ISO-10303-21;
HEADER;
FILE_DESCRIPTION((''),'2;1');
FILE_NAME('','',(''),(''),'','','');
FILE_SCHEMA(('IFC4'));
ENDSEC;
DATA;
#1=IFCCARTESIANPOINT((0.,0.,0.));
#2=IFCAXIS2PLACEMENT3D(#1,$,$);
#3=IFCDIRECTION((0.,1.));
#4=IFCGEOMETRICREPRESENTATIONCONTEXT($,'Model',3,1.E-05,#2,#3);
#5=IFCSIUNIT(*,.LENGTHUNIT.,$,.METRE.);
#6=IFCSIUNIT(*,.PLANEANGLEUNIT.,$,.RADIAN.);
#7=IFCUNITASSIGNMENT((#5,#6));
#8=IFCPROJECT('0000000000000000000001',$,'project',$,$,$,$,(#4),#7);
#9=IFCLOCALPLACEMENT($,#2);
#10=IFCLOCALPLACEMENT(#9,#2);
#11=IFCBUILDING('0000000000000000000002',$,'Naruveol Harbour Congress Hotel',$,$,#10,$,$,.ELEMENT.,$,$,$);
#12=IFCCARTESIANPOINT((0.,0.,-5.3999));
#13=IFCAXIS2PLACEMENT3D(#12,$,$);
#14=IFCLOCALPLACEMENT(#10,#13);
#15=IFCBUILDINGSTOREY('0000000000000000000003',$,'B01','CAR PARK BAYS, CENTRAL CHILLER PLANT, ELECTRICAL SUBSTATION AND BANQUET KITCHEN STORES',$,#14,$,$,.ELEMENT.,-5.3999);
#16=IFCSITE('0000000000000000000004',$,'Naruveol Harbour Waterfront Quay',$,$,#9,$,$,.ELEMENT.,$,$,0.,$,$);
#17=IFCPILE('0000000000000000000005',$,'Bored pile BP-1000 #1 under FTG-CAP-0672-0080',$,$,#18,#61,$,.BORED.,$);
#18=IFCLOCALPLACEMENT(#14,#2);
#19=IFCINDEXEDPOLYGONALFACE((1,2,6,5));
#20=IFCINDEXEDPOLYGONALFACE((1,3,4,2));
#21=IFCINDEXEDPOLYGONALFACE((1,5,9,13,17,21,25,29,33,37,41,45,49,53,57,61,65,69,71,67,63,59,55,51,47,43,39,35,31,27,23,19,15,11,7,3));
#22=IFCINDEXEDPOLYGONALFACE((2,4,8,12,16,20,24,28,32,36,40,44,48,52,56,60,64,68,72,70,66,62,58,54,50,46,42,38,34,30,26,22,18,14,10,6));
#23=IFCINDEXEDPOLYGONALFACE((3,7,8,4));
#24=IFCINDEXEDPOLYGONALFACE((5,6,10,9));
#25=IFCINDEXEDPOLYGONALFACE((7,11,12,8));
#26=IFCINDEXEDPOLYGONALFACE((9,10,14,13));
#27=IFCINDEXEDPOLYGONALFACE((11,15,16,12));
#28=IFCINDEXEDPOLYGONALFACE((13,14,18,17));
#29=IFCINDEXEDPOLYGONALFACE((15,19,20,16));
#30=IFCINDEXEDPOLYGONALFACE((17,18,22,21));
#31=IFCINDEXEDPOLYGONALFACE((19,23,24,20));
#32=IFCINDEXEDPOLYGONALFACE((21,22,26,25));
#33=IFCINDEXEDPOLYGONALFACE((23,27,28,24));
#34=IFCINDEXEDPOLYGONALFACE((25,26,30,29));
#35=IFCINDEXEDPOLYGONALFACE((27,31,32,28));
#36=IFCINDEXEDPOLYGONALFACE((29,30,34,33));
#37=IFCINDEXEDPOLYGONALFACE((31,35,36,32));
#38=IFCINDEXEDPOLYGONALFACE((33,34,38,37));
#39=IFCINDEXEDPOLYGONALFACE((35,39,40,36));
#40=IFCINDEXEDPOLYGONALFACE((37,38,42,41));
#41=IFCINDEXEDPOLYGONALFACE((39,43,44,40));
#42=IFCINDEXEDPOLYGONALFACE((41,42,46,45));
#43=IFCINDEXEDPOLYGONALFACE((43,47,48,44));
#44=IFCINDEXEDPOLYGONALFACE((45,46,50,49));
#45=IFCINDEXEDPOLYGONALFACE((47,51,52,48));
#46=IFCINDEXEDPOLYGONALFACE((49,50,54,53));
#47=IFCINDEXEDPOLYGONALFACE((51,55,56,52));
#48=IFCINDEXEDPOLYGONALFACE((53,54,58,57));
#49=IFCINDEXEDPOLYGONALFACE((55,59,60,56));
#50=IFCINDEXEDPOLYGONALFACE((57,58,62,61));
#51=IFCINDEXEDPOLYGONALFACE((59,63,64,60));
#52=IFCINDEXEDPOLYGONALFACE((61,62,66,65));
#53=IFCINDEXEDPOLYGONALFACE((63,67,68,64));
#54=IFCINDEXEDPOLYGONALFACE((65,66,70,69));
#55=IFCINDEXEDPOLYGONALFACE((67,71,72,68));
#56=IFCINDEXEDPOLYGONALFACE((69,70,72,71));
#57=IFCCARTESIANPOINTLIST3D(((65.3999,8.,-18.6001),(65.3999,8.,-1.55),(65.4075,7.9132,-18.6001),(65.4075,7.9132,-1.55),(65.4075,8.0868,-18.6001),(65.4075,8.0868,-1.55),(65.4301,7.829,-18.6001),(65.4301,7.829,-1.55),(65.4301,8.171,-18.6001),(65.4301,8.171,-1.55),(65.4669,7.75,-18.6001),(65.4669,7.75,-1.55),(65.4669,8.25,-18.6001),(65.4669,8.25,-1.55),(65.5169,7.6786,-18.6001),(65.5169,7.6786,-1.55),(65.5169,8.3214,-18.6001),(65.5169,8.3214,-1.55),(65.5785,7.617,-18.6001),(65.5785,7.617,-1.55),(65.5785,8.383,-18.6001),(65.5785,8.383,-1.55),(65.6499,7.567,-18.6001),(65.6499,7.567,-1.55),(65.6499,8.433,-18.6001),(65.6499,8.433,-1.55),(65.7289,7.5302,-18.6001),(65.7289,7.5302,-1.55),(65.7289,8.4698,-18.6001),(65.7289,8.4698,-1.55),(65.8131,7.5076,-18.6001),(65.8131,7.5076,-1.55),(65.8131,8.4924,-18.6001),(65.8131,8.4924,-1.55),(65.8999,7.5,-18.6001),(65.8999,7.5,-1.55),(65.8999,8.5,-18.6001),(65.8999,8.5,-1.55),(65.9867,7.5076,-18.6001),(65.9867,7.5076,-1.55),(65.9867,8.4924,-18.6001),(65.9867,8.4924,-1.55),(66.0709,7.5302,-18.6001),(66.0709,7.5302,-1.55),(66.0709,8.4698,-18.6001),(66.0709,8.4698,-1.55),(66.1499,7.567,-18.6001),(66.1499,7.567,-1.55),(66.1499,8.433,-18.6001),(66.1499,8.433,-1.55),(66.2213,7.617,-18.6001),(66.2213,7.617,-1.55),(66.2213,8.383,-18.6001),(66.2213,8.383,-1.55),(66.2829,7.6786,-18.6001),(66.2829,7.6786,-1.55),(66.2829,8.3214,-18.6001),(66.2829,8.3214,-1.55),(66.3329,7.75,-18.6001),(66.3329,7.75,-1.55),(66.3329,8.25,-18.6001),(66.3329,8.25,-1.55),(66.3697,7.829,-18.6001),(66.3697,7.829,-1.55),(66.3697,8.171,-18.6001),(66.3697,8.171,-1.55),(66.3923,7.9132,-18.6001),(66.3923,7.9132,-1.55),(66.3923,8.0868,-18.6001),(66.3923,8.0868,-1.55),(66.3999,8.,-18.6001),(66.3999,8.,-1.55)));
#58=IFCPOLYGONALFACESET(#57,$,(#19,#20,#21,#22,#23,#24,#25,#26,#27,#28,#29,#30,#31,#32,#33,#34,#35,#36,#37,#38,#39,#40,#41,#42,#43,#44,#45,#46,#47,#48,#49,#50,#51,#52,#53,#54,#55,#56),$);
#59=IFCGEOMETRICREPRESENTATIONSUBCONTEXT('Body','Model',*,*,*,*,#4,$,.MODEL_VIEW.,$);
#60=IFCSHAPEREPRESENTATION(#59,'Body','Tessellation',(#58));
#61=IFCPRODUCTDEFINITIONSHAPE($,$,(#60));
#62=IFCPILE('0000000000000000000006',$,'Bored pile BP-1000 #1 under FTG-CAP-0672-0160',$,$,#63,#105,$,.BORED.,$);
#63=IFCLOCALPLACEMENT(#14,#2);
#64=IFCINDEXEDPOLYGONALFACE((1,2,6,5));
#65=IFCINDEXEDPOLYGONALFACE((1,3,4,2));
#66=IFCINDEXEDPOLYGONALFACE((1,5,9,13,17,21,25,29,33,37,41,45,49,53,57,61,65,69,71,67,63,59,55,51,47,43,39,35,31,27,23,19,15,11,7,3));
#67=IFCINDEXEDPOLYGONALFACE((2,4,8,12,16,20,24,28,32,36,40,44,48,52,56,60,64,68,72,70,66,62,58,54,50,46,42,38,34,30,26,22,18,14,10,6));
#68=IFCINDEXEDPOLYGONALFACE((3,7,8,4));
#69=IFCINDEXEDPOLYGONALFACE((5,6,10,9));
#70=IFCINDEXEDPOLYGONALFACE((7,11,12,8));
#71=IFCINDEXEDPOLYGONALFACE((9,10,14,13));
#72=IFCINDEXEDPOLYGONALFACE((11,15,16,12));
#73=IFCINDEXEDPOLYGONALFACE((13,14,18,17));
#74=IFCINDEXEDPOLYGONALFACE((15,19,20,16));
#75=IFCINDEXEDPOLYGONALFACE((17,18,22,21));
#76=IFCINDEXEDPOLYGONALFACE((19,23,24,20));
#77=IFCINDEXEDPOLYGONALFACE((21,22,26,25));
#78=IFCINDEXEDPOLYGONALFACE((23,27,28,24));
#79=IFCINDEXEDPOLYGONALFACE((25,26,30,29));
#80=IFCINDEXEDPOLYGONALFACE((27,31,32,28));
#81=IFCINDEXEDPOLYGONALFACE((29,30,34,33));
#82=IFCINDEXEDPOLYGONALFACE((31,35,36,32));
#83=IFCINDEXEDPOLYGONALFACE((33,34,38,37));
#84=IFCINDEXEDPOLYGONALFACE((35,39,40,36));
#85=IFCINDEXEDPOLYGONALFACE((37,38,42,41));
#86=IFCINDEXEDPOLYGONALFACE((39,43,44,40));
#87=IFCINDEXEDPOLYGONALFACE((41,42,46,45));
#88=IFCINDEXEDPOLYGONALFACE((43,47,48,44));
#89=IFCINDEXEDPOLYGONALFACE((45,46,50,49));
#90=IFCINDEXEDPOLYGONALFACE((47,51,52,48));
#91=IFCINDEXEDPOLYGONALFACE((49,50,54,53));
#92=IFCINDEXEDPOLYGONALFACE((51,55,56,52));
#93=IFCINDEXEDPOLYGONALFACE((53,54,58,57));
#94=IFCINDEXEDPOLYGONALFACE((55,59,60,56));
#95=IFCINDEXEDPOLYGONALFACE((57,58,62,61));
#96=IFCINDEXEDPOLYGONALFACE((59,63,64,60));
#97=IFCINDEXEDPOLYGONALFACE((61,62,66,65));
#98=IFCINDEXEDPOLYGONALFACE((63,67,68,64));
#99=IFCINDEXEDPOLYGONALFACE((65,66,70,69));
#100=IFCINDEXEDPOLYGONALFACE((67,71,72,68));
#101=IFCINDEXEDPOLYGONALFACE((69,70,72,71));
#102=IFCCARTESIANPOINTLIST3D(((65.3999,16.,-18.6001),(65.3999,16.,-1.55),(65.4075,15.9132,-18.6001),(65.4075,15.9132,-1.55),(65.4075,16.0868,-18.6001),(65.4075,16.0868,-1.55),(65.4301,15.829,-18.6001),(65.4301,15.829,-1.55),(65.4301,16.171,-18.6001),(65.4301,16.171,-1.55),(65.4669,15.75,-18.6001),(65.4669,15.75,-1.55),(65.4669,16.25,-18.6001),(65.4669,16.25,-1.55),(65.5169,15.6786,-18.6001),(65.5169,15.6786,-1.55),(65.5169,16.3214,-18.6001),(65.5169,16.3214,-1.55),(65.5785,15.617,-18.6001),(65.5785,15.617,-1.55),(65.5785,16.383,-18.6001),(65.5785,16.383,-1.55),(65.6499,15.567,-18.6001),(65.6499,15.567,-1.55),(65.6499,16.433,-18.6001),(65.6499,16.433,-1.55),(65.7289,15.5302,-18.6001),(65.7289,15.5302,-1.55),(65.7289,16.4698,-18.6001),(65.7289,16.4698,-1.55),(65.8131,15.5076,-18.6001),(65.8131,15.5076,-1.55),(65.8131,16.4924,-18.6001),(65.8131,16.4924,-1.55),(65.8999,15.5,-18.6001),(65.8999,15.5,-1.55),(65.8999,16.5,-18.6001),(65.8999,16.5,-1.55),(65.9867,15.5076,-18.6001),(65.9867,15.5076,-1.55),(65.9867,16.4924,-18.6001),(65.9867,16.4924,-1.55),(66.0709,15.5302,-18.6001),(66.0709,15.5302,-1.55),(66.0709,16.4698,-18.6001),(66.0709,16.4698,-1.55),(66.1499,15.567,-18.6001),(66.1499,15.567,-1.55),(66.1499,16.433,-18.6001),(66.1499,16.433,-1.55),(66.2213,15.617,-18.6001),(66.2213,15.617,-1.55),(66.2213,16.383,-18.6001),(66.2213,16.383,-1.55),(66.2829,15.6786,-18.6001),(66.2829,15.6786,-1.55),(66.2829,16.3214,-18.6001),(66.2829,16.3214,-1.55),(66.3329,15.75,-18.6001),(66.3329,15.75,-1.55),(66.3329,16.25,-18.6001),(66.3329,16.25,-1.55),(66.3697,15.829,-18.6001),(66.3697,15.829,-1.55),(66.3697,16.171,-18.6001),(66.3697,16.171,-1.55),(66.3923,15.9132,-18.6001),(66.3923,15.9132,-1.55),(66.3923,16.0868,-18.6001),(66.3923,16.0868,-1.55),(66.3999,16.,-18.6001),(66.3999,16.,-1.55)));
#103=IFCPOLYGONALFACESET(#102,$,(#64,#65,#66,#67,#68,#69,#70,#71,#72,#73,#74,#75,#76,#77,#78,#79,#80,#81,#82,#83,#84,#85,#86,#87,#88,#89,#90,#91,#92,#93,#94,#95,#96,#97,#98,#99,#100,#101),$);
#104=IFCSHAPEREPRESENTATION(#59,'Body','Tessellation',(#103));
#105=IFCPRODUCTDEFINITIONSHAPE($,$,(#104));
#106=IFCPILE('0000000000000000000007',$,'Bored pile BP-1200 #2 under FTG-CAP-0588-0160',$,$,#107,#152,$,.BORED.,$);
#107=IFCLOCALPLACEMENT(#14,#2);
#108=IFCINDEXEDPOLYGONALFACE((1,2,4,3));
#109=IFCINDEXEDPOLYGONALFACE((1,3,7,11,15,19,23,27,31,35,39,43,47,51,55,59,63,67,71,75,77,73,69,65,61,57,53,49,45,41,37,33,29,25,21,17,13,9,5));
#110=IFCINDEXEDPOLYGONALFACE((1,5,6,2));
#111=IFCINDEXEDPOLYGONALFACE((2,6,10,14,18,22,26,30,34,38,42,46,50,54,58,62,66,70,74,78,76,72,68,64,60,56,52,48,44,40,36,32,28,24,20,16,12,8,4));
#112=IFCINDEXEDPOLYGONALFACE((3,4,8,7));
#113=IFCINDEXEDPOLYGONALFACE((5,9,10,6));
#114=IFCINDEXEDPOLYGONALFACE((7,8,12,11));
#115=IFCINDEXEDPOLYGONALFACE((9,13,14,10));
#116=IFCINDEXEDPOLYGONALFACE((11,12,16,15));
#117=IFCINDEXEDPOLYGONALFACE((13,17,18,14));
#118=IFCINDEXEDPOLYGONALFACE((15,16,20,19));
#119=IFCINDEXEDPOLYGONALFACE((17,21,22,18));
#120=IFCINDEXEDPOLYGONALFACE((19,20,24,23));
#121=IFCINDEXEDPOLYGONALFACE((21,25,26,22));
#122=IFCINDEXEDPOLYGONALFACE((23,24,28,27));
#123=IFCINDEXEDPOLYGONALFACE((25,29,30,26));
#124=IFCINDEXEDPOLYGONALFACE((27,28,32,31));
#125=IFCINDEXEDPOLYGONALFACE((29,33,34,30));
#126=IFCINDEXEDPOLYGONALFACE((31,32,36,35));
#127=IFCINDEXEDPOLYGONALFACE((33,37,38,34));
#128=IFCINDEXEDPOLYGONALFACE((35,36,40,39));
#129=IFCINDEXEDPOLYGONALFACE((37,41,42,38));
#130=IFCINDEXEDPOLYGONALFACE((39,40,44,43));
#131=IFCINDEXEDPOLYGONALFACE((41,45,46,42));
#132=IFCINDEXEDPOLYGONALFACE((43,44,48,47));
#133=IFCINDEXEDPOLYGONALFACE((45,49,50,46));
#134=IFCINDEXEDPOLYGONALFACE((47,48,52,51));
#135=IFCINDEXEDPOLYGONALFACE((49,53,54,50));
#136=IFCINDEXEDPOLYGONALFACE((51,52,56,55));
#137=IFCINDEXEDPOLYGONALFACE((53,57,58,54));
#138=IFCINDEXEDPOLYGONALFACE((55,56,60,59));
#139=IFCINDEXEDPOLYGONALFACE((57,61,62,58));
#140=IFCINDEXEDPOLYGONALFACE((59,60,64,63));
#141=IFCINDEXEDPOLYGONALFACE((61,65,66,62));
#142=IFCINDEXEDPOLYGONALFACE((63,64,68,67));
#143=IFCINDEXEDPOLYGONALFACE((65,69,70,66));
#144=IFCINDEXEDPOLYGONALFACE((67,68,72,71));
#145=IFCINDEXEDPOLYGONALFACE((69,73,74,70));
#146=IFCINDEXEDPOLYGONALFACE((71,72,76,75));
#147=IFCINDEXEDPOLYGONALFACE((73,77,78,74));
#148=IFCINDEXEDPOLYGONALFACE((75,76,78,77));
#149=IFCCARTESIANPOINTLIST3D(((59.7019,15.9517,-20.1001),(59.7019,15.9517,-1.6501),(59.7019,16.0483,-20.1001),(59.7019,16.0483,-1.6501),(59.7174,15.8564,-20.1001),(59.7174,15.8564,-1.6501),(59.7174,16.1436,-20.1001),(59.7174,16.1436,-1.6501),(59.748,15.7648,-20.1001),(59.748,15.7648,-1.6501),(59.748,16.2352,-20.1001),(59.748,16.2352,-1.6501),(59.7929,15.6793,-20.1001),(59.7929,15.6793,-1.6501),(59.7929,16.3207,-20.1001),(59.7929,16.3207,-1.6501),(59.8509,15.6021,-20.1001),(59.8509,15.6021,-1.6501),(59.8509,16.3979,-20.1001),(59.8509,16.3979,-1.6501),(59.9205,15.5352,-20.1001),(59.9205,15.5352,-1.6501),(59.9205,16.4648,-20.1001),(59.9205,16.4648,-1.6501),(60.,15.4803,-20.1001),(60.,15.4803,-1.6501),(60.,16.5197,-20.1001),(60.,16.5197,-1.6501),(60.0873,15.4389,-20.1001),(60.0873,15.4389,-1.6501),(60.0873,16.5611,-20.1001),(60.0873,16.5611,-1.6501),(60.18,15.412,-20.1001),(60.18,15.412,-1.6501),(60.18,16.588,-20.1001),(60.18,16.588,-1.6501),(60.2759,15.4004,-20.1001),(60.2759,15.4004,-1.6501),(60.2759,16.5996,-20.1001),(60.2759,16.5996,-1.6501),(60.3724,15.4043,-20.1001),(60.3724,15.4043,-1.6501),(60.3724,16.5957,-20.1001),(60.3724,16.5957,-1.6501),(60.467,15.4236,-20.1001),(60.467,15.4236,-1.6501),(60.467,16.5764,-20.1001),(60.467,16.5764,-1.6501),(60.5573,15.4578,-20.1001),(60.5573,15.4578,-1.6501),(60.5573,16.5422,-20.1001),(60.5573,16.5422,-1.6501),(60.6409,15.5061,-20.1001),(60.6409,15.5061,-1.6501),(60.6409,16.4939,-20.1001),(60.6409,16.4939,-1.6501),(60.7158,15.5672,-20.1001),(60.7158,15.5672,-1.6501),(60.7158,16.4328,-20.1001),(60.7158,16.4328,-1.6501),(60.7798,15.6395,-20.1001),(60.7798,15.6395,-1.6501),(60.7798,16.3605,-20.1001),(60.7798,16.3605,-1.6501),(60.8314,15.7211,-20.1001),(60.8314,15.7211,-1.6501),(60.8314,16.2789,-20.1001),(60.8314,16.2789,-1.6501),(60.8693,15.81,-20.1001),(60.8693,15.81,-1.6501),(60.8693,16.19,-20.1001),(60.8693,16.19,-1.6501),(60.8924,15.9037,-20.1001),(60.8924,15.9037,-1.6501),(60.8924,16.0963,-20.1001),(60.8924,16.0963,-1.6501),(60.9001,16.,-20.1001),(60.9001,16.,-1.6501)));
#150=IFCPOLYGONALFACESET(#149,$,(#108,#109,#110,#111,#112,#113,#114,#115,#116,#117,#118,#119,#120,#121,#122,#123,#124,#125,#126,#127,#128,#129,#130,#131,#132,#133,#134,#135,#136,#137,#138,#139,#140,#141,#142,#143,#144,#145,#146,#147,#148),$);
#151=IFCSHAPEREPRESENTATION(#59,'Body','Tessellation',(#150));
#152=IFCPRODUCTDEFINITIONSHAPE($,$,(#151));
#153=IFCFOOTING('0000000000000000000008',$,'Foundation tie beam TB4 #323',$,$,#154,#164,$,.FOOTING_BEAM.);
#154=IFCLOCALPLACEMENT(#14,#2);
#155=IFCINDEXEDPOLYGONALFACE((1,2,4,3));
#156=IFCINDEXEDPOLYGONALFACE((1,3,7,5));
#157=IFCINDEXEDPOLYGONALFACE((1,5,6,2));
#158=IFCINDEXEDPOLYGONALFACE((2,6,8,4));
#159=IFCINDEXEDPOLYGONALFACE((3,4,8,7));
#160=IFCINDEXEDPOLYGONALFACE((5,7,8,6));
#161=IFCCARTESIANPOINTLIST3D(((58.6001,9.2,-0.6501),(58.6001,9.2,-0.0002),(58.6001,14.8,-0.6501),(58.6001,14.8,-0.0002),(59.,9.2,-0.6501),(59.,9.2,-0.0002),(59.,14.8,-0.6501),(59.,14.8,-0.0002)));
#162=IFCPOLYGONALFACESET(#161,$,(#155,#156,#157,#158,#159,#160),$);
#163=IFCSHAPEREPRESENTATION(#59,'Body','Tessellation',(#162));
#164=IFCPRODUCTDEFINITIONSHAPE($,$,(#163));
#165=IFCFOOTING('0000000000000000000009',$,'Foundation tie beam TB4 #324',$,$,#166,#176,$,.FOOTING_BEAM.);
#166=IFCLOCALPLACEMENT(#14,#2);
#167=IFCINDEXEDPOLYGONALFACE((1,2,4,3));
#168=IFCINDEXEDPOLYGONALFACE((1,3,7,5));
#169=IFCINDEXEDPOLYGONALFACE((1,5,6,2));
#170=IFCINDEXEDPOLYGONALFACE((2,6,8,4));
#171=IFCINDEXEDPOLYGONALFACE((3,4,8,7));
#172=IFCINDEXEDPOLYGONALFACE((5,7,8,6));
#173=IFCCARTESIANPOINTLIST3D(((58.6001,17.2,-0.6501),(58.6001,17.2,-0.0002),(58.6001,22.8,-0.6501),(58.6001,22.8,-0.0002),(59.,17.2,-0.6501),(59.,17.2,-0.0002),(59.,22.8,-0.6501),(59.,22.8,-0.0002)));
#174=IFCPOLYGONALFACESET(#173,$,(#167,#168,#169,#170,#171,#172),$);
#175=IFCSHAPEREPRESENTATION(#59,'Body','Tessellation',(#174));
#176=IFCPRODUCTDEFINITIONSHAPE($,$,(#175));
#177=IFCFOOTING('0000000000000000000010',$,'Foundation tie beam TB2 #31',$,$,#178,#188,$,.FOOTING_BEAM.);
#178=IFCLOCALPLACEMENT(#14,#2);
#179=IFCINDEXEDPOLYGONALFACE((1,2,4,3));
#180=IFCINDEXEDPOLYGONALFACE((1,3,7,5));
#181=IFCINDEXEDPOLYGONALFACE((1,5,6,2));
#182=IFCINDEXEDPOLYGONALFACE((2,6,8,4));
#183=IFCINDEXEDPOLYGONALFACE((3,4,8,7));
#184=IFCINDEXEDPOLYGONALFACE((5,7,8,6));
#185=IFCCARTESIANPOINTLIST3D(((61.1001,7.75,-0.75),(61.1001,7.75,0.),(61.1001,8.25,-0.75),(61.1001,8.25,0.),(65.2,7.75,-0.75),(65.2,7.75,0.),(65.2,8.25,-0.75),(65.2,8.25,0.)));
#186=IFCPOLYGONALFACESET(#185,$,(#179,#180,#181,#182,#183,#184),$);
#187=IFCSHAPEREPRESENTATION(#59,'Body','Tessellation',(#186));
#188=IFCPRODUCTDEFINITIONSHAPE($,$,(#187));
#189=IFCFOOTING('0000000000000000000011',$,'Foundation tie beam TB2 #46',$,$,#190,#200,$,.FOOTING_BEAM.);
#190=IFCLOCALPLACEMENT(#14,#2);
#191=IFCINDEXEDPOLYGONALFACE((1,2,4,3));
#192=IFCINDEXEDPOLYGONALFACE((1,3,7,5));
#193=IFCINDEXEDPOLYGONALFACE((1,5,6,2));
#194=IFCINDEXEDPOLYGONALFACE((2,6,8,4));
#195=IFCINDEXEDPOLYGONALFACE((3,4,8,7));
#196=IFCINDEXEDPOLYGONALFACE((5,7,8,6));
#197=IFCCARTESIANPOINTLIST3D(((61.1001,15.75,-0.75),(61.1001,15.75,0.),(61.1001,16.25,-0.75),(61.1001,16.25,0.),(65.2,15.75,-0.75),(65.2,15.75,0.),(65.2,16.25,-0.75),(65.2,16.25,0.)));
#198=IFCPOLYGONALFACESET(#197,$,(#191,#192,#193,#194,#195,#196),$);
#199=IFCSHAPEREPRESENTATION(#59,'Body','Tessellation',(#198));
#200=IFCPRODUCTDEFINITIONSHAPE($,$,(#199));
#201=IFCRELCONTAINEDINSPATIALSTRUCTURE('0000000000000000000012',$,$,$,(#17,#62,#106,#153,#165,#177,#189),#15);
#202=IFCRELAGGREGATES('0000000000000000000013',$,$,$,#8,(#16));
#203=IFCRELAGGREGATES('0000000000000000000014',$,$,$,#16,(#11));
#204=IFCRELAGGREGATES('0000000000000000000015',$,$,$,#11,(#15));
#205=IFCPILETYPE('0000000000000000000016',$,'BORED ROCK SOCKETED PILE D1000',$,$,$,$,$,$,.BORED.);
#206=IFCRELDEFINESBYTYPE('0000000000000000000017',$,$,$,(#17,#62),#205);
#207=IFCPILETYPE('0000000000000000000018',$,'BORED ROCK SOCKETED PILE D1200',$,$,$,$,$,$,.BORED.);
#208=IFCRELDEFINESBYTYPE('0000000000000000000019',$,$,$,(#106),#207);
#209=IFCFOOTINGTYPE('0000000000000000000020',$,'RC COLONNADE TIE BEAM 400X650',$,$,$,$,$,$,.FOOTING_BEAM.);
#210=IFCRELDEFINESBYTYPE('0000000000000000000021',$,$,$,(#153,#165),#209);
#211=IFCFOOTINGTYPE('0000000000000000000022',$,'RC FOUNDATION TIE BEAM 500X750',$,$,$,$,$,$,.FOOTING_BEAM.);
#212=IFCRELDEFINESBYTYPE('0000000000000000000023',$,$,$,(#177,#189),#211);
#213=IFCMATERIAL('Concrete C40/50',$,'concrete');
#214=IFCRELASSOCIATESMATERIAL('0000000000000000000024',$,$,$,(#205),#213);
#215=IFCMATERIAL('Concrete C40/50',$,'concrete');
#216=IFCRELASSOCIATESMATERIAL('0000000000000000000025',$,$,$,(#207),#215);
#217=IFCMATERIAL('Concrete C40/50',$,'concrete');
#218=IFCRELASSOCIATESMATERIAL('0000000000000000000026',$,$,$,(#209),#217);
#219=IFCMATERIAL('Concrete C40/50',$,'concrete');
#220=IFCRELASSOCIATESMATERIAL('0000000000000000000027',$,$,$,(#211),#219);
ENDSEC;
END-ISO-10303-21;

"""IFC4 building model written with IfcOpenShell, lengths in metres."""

from ifc_helpers import new_model, si_unit, direction, frame, origin, origin_2d, place, context, subcontext, project, spatial, rectangle, circle, extrude, material, material_profile, profile_set, type_object, element, save


model = new_model("IFC4")

# Units and contexts
model_context = context("Model", 3, precision=1e-05, world=origin(), true_north=direction((0.0, 1.0)))
body_context = subcontext(model_context, "Body", "Model", "MODEL_VIEW")
ifc_project = project(units=[si_unit("LENGTHUNIT", "METRE"), si_unit("PLANEANGLEUNIT", "RADIAN")], contexts=[model_context])

# Site, building, storey
site_placement = place(None, origin())
site = spatial("IfcSite", under=ifc_project, at=site_placement, Name="Naruveol Harbour Waterfront Quay", CompositionType="ELEMENT", RefElevation=0.0)
building_placement = place(site_placement, origin())
building = spatial("IfcBuilding", under=site, at=building_placement, Name="Naruveol Harbour Congress Hotel", CompositionType="ELEMENT")
storey_placement = place(building_placement, frame((0.0, 0.0, -5.3999)))
storey = spatial("IfcBuildingStorey", under=building, at=storey_placement, Name="B01", Description="CAR PARK BAYS, CENTRAL CHILLER PLANT, ELECTRICAL SUBSTATION AND BANQUET KITCHEN STORES", CompositionType="ELEMENT", Elevation=-5.3999)

# Piles
ifc_material_1 = material(Name="Concrete C40/50", Category="concrete")
ifc_material_profile_1 = material_profile(ifc_material_1, circle(Radius=0.5, at=origin_2d()), Name="BP-1000")
ifc_profile_set_1 = profile_set([ifc_material_profile_1], Name="Concrete C40/50")
pile_type_1 = type_object("IfcPileType", Name="BORED ROCK SOCKETED PILE D1000", PredefinedType="BORED", material=ifc_profile_set_1)
for number, where, z_axis, x_axis, name in (
    (1, (65.8999, 8.0, -1.55), (0.0, 0.0, -1.0), (1.0, 0.0, 0.0), "Bored pile BP-1000 #1 under FTG-CAP-0672-0080"),
    (2, (65.8999, 16.0, -1.55), (0.0, 0.0, -1.0), (1.0, 0.0, 0.0), "Bored pile BP-1000 #1 under FTG-CAP-0672-0160"),
):
    element("IfcPile", number, at=place(storey_placement, frame(where, z_axis=z_axis, x_axis=x_axis)), inside=storey, type_object=pile_type_1, Name=name, PredefinedType="BORED", context=body_context, shape_type="SweptSolid", body=[
        extrude(circle(Radius=0.5, at=origin_2d()), origin(), (0.0, 0.0, 1.0), 17.05),
    ])
ifc_material_2 = material(Name="Concrete C40/50", Category="concrete")
ifc_material_profile_2 = material_profile(ifc_material_2, circle(Radius=0.6001, at=origin_2d()), Name="BP-1200")
ifc_profile_set_2 = profile_set([ifc_material_profile_2], Name="Concrete C40/50")
pile_type_2 = type_object("IfcPileType", Name="BORED ROCK SOCKETED PILE D1200", PredefinedType="BORED", material=ifc_profile_set_2)
pile_placement = place(storey_placement, frame((60.3, 16.0, -1.6501), z_axis=(0.0, 0.0, -1.0), x_axis=(1.0, 0.0, 0.0)))
element("IfcPile", 3, at=pile_placement, inside=storey, type_object=pile_type_2, Name="Bored pile BP-1200 #2 under FTG-CAP-0588-0160", PredefinedType="BORED", context=body_context, shape_type="SweptSolid", body=[
    extrude(circle(Radius=0.6001, at=origin_2d()), origin(), (0.0, 0.0, 1.0), 18.45),
])

# Footings
ifc_material_3 = material(Name="Concrete C40/50", Category="concrete")
ifc_material_profile_3 = material_profile(ifc_material_3, rectangle(XDim=0.3999, YDim=0.6499, at=origin_2d()), Name="RCB-400x650")
ifc_profile_set_3 = profile_set([ifc_material_profile_3], Name="Concrete C40/50")
footing_type_1 = type_object("IfcFootingType", Name="RC COLONNADE TIE BEAM 400X650", PredefinedType="FOOTING_BEAM", material=ifc_profile_set_3)
for number, where, z_axis, x_axis, name in (
    (4, (58.8, 9.2, -0.3252), (0.0, 1.0, 0.0), (-1.0, 0.0, 0.0), "Foundation tie beam TB4 #323"),
    (5, (58.8, 17.2, -0.3252), (0.0, 1.0, 0.0), (-1.0, 0.0, 0.0), "Foundation tie beam TB4 #324"),
):
    element("IfcFooting", number, at=place(storey_placement, frame(where, z_axis=z_axis, x_axis=x_axis)), inside=storey, type_object=footing_type_1, Name=name, PredefinedType="FOOTING_BEAM", context=body_context, shape_type="SweptSolid", body=[
        extrude(rectangle(XDim=0.3999, YDim=0.6499, at=origin_2d()), origin(), (0.0, 0.0, 1.0), 5.6001),
    ])
ifc_material_4 = material(Name="Concrete C40/50", Category="concrete")
ifc_material_profile_4 = material_profile(ifc_material_4, rectangle(XDim=0.5, YDim=0.75, at=origin_2d()), Name="RCB-500x750")
ifc_profile_set_4 = profile_set([ifc_material_profile_4], Name="Concrete C40/50")
footing_type_2 = type_object("IfcFootingType", Name="RC FOUNDATION TIE BEAM 500X750", PredefinedType="FOOTING_BEAM", material=ifc_profile_set_4)
for number, where, z_axis, x_axis, name in (
    (6, (61.1001, 8.0, -0.375), (1.0, 0.0, 0.0), (0.0, 1.0, 0.0), "Foundation tie beam TB2 #31"),
    (7, (61.1001, 16.0, -0.375), (1.0, 0.0, 0.0), (0.0, 1.0, 0.0), "Foundation tie beam TB2 #46"),
):
    element("IfcFooting", number, at=place(storey_placement, frame(where, z_axis=z_axis, x_axis=x_axis)), inside=storey, type_object=footing_type_2, Name=name, PredefinedType="FOOTING_BEAM", context=body_context, shape_type="SweptSolid", body=[
        extrude(rectangle(XDim=0.5, YDim=0.75, at=origin_2d()), origin(), (0.0, 0.0, 1.0), 4.0999),
    ])

save(model, "model.ifc")
